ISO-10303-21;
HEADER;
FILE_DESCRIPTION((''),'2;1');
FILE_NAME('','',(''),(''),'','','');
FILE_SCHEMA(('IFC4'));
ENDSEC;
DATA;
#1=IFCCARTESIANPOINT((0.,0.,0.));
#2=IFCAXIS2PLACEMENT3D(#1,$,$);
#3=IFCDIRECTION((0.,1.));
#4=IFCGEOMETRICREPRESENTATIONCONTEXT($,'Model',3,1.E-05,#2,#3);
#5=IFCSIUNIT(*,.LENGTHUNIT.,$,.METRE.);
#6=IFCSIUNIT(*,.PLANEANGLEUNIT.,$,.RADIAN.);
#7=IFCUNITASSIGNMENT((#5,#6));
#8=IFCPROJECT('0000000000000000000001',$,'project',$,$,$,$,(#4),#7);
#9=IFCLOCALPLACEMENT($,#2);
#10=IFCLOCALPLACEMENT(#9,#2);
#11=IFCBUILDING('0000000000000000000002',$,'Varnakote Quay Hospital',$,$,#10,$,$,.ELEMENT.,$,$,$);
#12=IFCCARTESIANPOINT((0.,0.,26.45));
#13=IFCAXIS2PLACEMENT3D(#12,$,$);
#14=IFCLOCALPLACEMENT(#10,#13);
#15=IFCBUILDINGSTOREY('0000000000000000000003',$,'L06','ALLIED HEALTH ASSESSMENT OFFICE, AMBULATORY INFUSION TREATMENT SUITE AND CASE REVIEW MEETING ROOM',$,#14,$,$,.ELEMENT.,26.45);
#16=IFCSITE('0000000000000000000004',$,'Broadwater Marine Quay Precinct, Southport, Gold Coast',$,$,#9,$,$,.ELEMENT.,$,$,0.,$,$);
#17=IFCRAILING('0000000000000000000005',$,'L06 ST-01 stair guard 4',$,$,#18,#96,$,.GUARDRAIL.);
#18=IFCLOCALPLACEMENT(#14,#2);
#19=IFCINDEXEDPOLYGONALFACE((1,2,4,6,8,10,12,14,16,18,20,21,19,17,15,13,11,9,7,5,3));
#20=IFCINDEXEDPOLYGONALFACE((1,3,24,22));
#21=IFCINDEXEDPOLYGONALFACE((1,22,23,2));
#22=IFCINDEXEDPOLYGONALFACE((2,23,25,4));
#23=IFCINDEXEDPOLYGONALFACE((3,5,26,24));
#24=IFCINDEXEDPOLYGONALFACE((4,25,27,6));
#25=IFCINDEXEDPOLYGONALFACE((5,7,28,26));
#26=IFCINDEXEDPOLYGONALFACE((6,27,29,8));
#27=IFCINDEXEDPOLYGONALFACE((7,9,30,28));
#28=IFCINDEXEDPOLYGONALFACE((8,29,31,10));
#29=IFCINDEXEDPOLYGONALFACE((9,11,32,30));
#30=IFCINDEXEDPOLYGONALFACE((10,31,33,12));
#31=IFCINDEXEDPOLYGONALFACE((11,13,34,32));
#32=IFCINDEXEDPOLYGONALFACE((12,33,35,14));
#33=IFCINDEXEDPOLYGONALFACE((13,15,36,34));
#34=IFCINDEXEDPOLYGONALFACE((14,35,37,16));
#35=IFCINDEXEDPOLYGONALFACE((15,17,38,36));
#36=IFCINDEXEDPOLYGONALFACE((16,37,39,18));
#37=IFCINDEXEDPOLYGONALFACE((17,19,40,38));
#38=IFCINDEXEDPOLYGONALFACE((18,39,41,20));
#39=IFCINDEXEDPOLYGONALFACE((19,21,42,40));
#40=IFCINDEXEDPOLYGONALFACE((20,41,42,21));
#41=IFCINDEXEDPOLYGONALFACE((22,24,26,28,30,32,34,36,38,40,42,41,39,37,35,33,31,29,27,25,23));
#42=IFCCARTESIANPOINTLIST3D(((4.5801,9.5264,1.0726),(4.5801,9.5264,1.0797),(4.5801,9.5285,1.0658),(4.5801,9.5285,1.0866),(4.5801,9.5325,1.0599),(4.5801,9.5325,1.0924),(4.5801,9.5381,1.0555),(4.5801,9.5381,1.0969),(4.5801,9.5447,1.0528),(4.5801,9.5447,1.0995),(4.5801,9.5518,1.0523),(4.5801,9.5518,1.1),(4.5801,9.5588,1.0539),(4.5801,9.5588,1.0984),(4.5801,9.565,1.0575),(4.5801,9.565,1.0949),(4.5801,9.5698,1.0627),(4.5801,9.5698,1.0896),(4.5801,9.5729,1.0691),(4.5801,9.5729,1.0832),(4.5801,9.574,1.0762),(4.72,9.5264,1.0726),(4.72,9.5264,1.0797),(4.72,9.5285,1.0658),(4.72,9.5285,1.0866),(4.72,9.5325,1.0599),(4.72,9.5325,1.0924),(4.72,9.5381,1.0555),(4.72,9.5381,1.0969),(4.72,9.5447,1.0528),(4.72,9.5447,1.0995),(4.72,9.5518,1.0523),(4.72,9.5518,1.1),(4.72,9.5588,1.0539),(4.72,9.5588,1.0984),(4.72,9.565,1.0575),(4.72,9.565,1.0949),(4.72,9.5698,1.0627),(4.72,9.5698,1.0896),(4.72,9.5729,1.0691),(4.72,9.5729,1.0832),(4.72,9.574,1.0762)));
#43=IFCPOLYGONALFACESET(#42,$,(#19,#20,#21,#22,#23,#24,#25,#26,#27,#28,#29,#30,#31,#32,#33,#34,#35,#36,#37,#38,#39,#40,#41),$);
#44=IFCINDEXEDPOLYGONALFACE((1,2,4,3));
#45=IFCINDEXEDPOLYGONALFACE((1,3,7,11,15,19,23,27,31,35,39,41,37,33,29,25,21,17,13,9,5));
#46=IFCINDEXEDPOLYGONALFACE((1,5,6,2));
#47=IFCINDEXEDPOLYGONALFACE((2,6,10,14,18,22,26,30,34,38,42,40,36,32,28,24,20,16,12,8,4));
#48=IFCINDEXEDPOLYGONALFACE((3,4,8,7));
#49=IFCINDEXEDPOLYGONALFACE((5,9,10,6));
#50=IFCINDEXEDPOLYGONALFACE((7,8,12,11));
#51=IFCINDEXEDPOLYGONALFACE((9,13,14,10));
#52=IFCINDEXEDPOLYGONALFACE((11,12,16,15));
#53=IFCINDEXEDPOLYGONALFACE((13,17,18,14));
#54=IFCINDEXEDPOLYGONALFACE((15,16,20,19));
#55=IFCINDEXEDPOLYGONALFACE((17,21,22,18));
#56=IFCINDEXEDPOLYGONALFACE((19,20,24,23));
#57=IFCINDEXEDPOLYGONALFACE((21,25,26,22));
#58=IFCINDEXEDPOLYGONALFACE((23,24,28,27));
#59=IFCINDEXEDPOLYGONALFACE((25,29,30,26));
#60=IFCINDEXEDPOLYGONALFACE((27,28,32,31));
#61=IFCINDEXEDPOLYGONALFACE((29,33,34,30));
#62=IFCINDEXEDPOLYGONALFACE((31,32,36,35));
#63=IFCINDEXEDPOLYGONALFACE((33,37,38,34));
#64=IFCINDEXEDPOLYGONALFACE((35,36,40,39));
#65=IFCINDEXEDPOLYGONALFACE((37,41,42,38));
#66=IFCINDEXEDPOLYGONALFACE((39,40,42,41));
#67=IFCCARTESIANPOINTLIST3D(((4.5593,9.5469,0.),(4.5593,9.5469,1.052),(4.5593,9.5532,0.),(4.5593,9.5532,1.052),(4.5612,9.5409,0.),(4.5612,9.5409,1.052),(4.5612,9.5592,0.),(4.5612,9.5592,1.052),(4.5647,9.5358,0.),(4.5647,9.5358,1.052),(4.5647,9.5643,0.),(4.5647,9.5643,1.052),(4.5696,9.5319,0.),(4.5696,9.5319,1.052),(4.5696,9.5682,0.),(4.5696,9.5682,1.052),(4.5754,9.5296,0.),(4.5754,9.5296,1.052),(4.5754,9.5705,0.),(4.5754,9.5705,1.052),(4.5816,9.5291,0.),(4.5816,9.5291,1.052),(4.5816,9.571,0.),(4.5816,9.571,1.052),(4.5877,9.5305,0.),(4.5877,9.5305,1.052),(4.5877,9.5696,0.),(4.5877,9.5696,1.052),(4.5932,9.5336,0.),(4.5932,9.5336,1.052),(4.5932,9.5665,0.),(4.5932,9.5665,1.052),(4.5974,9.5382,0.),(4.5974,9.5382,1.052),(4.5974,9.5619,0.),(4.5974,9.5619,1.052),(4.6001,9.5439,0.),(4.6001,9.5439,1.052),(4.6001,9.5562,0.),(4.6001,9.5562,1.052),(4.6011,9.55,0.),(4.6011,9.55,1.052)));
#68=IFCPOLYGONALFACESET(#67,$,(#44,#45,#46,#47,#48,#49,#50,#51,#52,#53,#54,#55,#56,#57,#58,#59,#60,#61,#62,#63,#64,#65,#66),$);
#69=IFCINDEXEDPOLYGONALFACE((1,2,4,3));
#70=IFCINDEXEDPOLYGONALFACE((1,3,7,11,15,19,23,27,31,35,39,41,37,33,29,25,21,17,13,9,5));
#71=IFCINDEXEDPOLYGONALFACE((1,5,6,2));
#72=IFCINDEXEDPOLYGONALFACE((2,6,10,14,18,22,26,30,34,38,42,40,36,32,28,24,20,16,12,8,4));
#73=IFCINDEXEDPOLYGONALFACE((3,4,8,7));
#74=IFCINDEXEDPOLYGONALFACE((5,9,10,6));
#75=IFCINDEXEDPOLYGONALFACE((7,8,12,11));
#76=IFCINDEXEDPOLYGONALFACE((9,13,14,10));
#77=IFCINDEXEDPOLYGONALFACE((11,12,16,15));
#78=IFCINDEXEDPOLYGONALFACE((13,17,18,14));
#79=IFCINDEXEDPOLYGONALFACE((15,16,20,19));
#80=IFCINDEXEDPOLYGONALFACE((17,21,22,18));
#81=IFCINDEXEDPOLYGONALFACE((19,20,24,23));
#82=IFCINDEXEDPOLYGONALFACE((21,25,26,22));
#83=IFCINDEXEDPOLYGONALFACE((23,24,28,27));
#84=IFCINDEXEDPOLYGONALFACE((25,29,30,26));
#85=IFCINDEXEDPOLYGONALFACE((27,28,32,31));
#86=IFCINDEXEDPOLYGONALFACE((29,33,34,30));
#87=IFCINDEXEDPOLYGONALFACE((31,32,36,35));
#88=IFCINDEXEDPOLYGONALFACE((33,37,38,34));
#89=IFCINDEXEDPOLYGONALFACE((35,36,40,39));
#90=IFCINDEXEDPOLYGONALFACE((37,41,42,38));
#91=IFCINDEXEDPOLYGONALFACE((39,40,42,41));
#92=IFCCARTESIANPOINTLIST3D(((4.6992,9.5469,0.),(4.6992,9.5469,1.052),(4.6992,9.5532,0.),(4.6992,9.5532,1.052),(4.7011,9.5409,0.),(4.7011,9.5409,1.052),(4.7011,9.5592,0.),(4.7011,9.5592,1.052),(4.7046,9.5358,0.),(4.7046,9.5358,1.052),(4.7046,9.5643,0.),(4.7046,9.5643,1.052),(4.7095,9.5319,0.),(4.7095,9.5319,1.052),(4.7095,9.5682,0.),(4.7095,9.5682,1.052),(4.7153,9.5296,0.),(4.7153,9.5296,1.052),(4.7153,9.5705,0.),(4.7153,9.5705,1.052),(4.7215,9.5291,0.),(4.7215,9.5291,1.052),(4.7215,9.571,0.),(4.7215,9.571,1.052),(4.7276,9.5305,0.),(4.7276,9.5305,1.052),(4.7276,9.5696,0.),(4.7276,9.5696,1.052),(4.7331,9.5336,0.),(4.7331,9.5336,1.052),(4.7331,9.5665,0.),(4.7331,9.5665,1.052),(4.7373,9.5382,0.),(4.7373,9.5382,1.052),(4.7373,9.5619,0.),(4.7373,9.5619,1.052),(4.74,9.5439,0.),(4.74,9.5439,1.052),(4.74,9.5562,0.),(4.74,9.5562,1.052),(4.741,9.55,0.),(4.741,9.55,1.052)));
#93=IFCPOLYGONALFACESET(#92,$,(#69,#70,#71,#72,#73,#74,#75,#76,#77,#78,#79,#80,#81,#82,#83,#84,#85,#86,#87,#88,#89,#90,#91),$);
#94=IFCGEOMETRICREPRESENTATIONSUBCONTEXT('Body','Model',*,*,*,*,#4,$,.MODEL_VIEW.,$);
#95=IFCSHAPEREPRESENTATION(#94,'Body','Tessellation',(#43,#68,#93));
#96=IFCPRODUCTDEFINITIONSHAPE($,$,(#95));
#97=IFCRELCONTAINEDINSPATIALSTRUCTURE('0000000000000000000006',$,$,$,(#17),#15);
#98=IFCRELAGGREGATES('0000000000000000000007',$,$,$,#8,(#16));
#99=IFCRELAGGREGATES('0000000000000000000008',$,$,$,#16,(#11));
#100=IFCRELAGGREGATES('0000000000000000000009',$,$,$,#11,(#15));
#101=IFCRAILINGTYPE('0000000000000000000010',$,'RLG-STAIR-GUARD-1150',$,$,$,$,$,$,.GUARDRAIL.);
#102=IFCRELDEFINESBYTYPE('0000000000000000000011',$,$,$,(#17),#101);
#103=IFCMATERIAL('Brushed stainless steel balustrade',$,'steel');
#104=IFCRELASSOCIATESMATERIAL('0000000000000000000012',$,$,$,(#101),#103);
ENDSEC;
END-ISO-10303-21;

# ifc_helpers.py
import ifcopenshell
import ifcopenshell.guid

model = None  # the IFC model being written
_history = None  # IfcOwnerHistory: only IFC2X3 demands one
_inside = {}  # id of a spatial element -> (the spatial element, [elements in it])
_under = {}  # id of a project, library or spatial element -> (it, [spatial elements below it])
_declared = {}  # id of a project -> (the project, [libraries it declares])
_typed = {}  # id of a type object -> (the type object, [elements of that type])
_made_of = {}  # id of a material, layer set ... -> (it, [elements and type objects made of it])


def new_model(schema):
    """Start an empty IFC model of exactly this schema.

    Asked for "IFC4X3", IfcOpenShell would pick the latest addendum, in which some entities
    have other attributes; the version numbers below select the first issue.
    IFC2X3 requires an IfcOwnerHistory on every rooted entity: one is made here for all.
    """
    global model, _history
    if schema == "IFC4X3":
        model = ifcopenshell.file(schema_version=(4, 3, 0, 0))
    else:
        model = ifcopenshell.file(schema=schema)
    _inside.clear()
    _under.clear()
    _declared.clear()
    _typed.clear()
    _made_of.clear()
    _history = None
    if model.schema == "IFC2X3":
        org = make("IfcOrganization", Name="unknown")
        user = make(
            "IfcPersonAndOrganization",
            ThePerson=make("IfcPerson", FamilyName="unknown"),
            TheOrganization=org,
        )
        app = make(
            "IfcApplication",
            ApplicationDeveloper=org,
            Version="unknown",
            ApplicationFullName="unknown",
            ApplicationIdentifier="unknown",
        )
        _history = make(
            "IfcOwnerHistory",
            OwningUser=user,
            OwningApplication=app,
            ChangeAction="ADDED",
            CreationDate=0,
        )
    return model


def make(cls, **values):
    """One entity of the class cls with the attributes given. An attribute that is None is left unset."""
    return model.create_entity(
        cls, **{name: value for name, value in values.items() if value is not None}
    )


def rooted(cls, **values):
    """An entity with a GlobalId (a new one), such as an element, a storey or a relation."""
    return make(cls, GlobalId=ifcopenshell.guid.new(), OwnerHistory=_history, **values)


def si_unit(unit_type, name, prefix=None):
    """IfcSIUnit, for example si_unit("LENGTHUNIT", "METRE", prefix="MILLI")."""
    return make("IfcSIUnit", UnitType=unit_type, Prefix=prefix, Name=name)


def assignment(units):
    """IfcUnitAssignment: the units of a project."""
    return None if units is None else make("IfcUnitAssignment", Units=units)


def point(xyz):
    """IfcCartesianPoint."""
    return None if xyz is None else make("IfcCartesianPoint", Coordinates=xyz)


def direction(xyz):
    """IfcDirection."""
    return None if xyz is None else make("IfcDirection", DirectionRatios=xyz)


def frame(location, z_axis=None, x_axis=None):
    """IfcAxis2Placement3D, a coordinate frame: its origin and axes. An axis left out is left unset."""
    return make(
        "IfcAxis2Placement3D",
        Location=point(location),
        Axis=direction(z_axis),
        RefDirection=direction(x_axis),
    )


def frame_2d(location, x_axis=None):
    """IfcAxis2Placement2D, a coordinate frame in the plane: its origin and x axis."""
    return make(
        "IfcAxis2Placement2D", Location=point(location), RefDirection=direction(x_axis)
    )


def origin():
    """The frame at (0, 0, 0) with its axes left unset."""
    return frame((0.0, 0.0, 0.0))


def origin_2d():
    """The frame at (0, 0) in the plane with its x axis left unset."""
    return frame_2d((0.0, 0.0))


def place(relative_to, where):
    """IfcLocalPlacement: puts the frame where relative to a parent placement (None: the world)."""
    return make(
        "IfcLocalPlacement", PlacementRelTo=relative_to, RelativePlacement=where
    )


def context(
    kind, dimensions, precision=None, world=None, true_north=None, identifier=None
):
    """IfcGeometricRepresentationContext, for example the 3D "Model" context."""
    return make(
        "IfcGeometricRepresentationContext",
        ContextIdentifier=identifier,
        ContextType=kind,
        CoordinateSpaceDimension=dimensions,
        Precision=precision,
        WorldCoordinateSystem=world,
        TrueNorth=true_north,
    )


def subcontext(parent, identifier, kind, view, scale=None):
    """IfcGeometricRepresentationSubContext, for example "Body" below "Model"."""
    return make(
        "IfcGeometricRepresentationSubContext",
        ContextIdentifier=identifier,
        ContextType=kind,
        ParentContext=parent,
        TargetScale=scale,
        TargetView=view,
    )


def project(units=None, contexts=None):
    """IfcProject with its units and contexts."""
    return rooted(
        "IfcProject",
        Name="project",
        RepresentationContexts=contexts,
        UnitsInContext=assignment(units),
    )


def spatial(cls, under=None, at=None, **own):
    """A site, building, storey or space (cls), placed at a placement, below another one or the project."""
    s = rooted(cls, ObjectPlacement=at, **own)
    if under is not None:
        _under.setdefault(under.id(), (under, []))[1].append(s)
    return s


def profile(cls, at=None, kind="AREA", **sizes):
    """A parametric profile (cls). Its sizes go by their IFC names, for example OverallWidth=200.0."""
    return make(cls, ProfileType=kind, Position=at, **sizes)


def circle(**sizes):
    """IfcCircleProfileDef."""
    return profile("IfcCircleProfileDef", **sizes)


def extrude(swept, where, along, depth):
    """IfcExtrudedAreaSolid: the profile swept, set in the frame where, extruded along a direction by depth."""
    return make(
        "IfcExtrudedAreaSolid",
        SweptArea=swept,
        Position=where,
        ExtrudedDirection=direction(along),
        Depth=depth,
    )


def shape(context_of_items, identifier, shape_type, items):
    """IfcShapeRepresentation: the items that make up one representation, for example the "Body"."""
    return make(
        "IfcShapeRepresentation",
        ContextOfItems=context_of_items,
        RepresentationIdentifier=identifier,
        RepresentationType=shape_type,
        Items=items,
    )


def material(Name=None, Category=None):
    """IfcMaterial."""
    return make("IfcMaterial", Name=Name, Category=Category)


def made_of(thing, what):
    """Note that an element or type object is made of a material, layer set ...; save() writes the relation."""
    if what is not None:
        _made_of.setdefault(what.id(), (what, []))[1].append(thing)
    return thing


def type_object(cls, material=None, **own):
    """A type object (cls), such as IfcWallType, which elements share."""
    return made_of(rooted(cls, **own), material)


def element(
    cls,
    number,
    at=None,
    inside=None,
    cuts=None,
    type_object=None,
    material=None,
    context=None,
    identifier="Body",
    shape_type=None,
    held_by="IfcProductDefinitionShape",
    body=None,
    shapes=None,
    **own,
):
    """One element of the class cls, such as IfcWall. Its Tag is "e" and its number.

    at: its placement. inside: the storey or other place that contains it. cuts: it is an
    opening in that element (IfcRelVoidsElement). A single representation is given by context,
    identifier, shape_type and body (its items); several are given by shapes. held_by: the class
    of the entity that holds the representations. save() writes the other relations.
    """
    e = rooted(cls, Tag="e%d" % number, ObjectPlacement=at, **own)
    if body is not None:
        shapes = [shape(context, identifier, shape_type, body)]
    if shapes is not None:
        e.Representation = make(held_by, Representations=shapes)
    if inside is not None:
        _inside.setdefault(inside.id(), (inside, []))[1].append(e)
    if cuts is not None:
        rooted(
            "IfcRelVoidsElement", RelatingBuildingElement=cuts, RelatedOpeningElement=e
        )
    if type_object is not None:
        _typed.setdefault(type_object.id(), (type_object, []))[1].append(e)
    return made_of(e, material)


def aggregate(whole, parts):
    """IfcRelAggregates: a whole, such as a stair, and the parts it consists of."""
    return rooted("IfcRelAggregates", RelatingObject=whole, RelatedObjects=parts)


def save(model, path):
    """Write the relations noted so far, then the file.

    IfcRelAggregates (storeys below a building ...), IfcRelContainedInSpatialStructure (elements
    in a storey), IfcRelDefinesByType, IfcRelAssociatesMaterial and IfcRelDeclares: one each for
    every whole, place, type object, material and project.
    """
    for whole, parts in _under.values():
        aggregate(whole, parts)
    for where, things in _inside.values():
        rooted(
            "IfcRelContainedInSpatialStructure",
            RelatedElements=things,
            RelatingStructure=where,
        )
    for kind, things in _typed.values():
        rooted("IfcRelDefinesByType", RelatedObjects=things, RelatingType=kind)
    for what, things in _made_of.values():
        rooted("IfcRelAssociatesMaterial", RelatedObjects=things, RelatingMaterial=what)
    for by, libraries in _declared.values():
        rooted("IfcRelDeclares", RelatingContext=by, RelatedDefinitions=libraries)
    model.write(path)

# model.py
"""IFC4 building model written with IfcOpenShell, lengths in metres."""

from ifc_helpers import new_model, si_unit, direction, frame, origin, origin_2d, place, context, subcontext, project, spatial, circle, extrude, material, type_object, element, save


model = new_model("IFC4")

# Units and contexts
model_context = context("Model", 3, precision=1e-05, world=origin(), true_north=direction((0.0, 1.0)))
body_context = subcontext(model_context, "Body", "Model", "MODEL_VIEW")
ifc_project = project(units=[si_unit("LENGTHUNIT", "METRE"), si_unit("PLANEANGLEUNIT", "RADIAN")], contexts=[model_context])

# Site, building, storey
site_placement = place(None, origin())
site = spatial("IfcSite", under=ifc_project, at=site_placement, Name="Broadwater Marine Quay Precinct, Southport, Gold Coast", CompositionType="ELEMENT", RefElevation=0.0)
building_placement = place(site_placement, origin())
building = spatial("IfcBuilding", under=site, at=building_placement, Name="Varnakote Quay Hospital", CompositionType="ELEMENT")
storey_placement = place(building_placement, frame((0.0, 0.0, 26.45)))
storey = spatial("IfcBuildingStorey", under=building, at=storey_placement, Name="L06", Description="ALLIED HEALTH ASSESSMENT OFFICE, AMBULATORY INFUSION TREATMENT SUITE AND CASE REVIEW MEETING ROOM", CompositionType="ELEMENT", Elevation=26.45)

# Railing
ifc_material_1 = material(Name="Brushed stainless steel balustrade", Category="steel")
railing_type_1 = type_object("IfcRailingType", Name="RLG-STAIR-GUARD-1150", PredefinedType="GUARDRAIL", material=ifc_material_1)
railing_1_placement = place(storey_placement, frame((4.5801, 9.55, 0.0)))
element("IfcRailing", 1, at=railing_1_placement, inside=storey, type_object=railing_type_1, Name="L06 ST-01 stair guard 4", PredefinedType="GUARDRAIL", context=body_context, shape_type="SweptSolid", body=[
    extrude(circle(Radius=0.0239, at=origin_2d()), frame((0.0, 0.0, 1.0762), z_axis=(1.0, 0.0, 0.0), x_axis=(0.0, 1.0, 0.0)), (0.0, 0.0, 1.0), 0.1399),
    extrude(circle(Radius=0.021, at=origin_2d()), origin(), (0.0, 0.0, 1.0), 1.052),
    extrude(circle(Radius=0.021, at=origin_2d()), frame((0.1399, 0.0, 0.0)), (0.0, 0.0, 1.0), 1.052),
])

save(model, "model.ifc")
